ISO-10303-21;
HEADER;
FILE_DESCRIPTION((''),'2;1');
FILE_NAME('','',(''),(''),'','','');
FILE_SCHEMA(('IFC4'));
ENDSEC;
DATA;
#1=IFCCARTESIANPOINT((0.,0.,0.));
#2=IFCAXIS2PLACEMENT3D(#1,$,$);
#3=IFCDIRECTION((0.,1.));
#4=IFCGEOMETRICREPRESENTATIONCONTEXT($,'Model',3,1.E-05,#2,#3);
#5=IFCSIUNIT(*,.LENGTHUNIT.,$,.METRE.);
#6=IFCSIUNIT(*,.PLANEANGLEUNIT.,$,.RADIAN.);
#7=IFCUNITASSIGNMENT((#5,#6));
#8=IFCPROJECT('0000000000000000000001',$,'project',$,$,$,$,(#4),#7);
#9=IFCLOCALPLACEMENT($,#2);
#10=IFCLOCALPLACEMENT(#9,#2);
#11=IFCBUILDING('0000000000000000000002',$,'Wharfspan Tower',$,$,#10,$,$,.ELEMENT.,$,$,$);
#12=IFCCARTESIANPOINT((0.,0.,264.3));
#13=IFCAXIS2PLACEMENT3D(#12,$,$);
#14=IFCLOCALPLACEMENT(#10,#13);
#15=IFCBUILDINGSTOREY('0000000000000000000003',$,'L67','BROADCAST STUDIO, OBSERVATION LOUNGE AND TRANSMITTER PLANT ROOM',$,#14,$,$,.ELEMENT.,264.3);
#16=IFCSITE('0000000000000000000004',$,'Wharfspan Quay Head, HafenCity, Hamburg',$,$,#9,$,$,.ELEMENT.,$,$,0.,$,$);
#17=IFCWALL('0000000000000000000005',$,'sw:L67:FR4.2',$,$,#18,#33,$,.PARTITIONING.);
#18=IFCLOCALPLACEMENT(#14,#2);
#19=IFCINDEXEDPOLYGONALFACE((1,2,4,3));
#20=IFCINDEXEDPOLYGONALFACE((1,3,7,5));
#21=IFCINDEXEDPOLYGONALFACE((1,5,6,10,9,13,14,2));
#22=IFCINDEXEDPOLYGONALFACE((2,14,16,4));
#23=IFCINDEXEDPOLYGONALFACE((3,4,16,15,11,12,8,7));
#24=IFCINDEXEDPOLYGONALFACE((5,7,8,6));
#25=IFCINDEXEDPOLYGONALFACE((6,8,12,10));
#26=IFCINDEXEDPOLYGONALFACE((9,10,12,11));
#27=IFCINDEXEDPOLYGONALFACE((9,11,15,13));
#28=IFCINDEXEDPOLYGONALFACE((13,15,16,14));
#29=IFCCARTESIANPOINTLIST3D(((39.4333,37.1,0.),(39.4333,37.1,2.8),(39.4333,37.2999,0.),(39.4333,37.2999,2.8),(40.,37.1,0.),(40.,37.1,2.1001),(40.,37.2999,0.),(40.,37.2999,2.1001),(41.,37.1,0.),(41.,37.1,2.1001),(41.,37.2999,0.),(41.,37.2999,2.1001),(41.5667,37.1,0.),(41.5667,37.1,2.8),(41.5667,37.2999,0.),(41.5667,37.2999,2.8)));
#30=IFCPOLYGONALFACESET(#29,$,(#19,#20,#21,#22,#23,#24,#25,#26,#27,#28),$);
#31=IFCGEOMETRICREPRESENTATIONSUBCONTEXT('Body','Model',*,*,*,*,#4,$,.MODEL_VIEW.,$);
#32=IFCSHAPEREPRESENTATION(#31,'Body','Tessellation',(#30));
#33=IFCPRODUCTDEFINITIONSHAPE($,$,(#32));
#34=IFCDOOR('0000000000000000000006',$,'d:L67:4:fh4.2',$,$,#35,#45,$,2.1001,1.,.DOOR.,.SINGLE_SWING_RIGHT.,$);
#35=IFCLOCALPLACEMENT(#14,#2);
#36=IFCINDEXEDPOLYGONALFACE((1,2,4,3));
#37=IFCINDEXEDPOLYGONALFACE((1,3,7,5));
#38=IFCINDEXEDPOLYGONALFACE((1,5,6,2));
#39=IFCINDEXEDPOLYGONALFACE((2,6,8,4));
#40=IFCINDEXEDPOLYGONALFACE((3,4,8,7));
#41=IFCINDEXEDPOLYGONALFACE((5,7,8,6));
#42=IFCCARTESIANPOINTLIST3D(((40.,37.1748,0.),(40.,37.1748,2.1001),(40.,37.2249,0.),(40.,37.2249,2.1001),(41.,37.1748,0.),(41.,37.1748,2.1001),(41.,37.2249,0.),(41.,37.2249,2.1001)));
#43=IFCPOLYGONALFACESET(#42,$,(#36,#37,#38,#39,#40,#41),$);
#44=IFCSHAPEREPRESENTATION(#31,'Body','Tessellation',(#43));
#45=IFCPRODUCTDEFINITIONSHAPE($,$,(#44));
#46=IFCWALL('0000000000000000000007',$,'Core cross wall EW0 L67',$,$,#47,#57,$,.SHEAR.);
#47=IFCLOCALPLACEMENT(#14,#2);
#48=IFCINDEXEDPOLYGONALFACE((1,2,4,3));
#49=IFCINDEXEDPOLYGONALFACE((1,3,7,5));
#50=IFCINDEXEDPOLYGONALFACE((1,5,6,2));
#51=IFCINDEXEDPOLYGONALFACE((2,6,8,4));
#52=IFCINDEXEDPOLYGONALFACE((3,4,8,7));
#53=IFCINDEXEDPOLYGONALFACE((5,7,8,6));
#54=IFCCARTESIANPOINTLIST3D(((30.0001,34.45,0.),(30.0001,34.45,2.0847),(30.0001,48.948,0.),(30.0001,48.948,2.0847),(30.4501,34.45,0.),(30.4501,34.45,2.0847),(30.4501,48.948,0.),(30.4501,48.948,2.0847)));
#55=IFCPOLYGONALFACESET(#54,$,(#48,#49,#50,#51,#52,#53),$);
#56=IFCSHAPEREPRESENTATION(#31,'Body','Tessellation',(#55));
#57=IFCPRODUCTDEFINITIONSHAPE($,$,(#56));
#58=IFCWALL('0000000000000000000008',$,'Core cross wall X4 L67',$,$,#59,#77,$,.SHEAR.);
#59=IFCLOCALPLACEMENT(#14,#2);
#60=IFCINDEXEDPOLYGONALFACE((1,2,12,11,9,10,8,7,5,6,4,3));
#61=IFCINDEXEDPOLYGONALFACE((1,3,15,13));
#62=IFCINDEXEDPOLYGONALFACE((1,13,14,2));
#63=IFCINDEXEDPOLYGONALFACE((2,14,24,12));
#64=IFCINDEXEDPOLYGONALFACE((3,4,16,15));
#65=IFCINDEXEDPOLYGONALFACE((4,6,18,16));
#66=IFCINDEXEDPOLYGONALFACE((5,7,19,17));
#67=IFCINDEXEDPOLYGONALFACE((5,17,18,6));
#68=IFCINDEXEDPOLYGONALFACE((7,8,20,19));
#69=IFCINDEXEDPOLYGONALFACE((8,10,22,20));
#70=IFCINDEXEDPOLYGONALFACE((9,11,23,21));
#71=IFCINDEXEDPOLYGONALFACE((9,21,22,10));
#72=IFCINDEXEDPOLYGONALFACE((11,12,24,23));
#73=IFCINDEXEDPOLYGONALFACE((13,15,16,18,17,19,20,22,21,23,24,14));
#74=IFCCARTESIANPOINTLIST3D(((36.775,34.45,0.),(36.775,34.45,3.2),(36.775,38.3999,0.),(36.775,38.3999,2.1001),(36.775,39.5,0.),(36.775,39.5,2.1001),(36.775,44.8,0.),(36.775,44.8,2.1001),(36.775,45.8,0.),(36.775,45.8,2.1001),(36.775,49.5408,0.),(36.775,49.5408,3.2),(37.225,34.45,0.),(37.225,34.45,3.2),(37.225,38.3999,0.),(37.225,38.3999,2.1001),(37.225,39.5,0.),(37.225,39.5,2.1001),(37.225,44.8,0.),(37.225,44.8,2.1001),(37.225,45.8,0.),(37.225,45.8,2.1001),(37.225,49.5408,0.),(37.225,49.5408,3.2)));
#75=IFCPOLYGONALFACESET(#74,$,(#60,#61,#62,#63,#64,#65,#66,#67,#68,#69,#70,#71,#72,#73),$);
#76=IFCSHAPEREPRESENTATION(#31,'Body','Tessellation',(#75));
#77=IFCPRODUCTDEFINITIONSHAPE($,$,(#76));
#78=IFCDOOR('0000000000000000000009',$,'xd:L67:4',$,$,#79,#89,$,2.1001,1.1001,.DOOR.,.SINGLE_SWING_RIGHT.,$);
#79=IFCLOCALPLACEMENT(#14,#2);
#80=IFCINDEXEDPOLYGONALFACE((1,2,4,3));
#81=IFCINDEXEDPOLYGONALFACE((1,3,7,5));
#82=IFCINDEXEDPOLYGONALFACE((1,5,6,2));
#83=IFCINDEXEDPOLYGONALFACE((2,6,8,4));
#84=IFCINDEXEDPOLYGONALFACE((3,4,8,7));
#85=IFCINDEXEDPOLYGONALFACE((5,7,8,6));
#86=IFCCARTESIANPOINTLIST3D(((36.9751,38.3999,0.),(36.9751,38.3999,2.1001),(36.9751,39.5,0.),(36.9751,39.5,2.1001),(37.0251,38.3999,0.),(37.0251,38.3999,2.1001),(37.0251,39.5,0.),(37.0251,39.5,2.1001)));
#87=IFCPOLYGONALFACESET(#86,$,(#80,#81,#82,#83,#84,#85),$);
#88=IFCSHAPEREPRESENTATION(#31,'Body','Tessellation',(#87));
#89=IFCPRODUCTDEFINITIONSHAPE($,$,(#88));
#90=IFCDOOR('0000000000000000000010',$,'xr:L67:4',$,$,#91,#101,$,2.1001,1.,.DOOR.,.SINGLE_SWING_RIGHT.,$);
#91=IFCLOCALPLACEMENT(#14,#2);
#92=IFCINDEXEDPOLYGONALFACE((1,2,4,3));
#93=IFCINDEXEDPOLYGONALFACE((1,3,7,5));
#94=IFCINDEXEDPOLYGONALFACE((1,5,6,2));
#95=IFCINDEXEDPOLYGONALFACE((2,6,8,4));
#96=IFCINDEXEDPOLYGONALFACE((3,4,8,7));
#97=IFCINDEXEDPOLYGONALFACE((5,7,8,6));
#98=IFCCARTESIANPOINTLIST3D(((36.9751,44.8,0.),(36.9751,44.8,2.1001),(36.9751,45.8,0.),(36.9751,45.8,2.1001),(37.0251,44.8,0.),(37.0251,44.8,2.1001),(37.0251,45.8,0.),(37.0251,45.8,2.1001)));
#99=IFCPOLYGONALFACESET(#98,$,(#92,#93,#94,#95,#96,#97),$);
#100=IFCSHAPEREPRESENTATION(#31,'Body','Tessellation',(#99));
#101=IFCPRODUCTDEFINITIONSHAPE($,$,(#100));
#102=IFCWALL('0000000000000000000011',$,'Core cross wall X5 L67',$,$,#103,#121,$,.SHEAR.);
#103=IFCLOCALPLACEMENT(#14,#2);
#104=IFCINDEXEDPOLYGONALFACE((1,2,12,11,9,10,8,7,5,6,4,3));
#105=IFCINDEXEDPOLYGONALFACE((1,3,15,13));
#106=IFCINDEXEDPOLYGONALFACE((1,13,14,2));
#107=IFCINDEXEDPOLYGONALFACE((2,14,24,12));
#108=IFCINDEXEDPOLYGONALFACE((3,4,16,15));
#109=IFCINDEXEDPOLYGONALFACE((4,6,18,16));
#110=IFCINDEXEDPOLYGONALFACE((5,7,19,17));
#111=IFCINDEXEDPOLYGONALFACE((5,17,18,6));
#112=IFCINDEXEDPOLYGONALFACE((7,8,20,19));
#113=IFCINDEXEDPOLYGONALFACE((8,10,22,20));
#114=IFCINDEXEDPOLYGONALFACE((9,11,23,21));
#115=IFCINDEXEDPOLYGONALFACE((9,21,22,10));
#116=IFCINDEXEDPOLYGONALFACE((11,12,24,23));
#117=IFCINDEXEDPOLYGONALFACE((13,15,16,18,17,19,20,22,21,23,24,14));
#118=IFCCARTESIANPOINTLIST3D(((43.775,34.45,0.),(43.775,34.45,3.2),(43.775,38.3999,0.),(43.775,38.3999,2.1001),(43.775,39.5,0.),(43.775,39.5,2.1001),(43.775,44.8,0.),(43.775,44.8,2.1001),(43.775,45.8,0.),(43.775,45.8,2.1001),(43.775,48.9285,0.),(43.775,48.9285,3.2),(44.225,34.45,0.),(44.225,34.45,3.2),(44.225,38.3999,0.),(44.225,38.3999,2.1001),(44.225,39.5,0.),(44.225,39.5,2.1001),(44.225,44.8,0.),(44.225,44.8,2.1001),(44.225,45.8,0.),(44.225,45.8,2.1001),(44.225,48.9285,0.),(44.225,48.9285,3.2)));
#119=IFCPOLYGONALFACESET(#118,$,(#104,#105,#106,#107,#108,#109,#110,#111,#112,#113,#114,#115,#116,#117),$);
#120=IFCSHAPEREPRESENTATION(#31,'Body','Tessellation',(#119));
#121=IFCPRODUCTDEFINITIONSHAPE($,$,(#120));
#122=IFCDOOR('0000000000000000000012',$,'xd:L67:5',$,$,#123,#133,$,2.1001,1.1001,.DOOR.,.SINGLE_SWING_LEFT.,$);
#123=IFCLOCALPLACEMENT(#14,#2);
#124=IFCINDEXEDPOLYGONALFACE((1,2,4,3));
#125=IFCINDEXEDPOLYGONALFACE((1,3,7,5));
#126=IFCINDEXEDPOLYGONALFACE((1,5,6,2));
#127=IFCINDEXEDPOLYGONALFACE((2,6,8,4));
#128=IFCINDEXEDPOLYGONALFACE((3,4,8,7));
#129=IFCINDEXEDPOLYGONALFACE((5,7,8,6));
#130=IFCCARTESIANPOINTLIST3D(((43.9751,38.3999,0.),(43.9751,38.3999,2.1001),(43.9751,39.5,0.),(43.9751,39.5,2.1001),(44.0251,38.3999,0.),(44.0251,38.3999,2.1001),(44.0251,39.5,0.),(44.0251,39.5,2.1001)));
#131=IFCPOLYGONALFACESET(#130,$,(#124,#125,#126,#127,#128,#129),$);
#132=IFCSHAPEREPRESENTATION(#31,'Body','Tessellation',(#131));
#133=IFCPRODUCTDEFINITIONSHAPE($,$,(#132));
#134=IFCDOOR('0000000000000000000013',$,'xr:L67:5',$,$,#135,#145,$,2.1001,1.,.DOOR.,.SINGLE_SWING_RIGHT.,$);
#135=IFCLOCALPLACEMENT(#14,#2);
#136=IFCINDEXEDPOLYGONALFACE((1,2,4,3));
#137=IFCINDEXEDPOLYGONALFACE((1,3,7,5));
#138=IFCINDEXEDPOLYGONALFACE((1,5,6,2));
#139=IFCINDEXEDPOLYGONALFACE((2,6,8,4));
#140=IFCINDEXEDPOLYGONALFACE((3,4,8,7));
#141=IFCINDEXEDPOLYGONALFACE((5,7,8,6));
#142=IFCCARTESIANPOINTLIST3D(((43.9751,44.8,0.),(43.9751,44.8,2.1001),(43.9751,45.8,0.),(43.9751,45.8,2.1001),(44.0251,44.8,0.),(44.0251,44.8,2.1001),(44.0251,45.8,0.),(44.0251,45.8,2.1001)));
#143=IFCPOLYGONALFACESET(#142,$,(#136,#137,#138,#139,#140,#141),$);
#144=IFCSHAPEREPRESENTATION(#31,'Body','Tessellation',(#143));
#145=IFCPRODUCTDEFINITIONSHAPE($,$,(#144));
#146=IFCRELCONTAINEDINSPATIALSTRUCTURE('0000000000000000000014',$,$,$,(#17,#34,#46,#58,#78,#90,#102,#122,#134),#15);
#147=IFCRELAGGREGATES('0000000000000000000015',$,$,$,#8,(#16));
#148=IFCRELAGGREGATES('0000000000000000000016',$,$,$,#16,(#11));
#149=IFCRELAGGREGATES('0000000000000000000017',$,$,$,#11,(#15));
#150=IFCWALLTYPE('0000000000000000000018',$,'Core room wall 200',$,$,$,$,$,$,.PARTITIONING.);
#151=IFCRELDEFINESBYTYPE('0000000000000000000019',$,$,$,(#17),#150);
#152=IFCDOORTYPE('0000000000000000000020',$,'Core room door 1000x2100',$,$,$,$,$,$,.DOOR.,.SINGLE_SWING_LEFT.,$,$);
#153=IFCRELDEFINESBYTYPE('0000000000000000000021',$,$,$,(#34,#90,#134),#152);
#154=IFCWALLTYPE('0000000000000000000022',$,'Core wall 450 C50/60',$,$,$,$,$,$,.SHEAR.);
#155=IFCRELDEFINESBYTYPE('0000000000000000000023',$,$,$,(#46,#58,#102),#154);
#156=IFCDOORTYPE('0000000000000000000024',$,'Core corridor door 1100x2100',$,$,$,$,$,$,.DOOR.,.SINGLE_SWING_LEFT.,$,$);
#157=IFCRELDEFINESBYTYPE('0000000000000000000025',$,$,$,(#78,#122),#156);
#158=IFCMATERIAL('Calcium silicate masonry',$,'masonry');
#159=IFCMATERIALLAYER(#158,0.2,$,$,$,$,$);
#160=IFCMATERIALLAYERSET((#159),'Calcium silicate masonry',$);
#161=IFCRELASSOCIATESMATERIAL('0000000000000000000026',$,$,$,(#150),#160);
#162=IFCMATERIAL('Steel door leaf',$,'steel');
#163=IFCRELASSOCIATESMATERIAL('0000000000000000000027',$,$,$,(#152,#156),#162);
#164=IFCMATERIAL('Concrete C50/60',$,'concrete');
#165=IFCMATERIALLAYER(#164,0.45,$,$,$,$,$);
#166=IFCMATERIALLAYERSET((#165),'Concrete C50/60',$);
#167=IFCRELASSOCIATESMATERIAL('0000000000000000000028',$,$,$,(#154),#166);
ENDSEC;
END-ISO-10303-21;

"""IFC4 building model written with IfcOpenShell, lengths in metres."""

from ifc_helpers import new_model, si_unit, direction, frame, frame_2d, origin, place, context, subcontext, project, spatial, rectangle, extrude, material, layer, layer_set, type_object, element, fill, save


model = new_model("IFC4")

# Units and contexts
model_context = context("Model", 3, precision=1e-05, world=origin(), true_north=direction((0.0, 1.0)))
body_context = subcontext(model_context, "Body", "Model", "MODEL_VIEW")
ifc_project = project(units=[si_unit("LENGTHUNIT", "METRE"), si_unit("PLANEANGLEUNIT", "RADIAN")], contexts=[model_context])

# Site, building, storey
site_placement = place(None, origin())
site = spatial("IfcSite", under=ifc_project, at=site_placement, Name="Wharfspan Quay Head, HafenCity, Hamburg", CompositionType="ELEMENT", RefElevation=0.0)
building_placement = place(site_placement, origin())
building = spatial("IfcBuilding", under=site, at=building_placement, Name="Wharfspan Tower", CompositionType="ELEMENT")
storey_placement = place(building_placement, frame((0.0, 0.0, 264.3)))
storey = spatial("IfcBuildingStorey", under=building, at=storey_placement, Name="L67", Description="BROADCAST STUDIO, OBSERVATION LOUNGE AND TRANSMITTER PLANT ROOM", CompositionType="ELEMENT", Elevation=264.3)

# Wall, opening, door
ifc_material_1 = material(Name="Calcium silicate masonry", Category="masonry")
ifc_layer_1 = layer(ifc_material_1, 0.2)
ifc_layer_set_1 = layer_set([ifc_layer_1], Name="Calcium silicate masonry")
wall_type_1 = type_object("IfcWallType", Name="Core room wall 200", PredefinedType="PARTITIONING", material=ifc_layer_set_1)
wall_1_placement = place(storey_placement, frame((39.4333, 37.2, 0.0), z_axis=(0.0, 0.0, 1.0), x_axis=(1.0, 0.0, 0.0)))
wall_1 = element("IfcWall", 1, at=wall_1_placement, inside=storey, type_object=wall_type_1, Name="sw:L67:FR4.2", PredefinedType="PARTITIONING", context=body_context, shape_type="SweptSolid", body=[
    extrude(rectangle(XDim=2.1333, YDim=0.2, at=frame_2d((1.0667, 0.0))), origin(), (0.0, 0.0, 1.0), 2.8),
])
opening_1_placement = place(wall_1_placement, frame((0.5666, 0.0, 0.0)))
opening_1 = element("IfcOpeningElement", 2, at=opening_1_placement, cuts=wall_1, PredefinedType="OPENING", context=body_context, shape_type="SweptSolid", body=[
    extrude(rectangle(XDim=1.0, YDim=2.1001, at=frame_2d((0.5, 1.05))), frame((0.0, 0.1099, 0.0), z_axis=(0.0, -1.0, 0.0), x_axis=(1.0, 0.0, 0.0)), (0.0, 0.0, 1.0), 0.22),
])
ifc_material_2 = material(Name="Steel door leaf", Category="steel")
door_type_1 = type_object("IfcDoorType", Name="Core room door 1000x2100", OperationType="SINGLE_SWING_LEFT", PredefinedType="DOOR", material=ifc_material_2)
door_1_placement = place(opening_1_placement, origin())
door_1 = element("IfcDoor", 3, at=door_1_placement, inside=storey, type_object=door_type_1, Name="d:L67:4:fh4.2", OperationType="SINGLE_SWING_RIGHT", OverallHeight=2.1001, OverallWidth=1.0, PredefinedType="DOOR", context=body_context, shape_type="SweptSolid", body=[
    extrude(rectangle(XDim=1.0, YDim=2.1001, at=frame_2d((0.5, 1.05))), frame((0.0, 0.0249, 0.0), z_axis=(0.0, -1.0, 0.0), x_axis=(1.0, 0.0, 0.0)), (0.0, 0.0, 1.0), 0.05),
])
fill(opening_1, door_1)

# Wall
ifc_material_3 = material(Name="Concrete C50/60", Category="concrete")
ifc_layer_2 = layer(ifc_material_3, 0.45)
ifc_layer_set_2 = layer_set([ifc_layer_2], Name="Concrete C50/60")
wall_type_2 = type_object("IfcWallType", Name="Core wall 450 C50/60", PredefinedType="SHEAR", material=ifc_layer_set_2)
wall_2_placement = place(storey_placement, frame((30.2251, 34.45, 0.0), z_axis=(0.0, 0.0, 1.0), x_axis=(0.0, 1.0, 0.0)))
element("IfcWall", 4, at=wall_2_placement, inside=storey, type_object=wall_type_2, Name="Core cross wall EW0 L67", PredefinedType="SHEAR", context=body_context, shape_type="SweptSolid", body=[
    extrude(rectangle(XDim=14.498, YDim=0.45, at=frame_2d((7.249, 0.0))), origin(), (0.0, 0.0, 1.0), 2.0847),
])

# Walls, openings, doors
wall_3_placement = place(storey_placement, frame((37.0, 34.45, 0.0), z_axis=(0.0, 0.0, 1.0), x_axis=(0.0, 1.0, 0.0)))
wall_3 = element("IfcWall", 5, at=wall_3_placement, inside=storey, type_object=wall_type_2, Name="Core cross wall X4 L67", PredefinedType="SHEAR", context=body_context, shape_type="SweptSolid", body=[
    extrude(rectangle(XDim=15.0908, YDim=0.45, at=frame_2d((7.5454, 0.0))), origin(), (0.0, 0.0, 1.0), 3.2),
])
opening_2_placement = place(wall_3_placement, frame((3.95, 0.0, 0.0)))
opening_2 = element("IfcOpeningElement", 6, at=opening_2_placement, cuts=wall_3, PredefinedType="OPENING", context=body_context, shape_type="SweptSolid", body=[
    extrude(rectangle(XDim=1.1001, YDim=2.1001, at=frame_2d((0.55, 1.05))), frame((0.0, 0.2349, 0.0), z_axis=(0.0, -1.0, 0.0), x_axis=(1.0, 0.0, 0.0)), (0.0, 0.0, 1.0), 0.47),
])
opening_3_placement = place(wall_3_placement, frame((10.3501, 0.0, 0.0)))
opening_3 = element("IfcOpeningElement", 7, at=opening_3_placement, cuts=wall_3, PredefinedType="OPENING", context=body_context, shape_type="SweptSolid", body=[
    extrude(rectangle(XDim=1.0, YDim=2.1001, at=frame_2d((0.5, 1.05))), frame((0.0, 0.2349, 0.0), z_axis=(0.0, -1.0, 0.0), x_axis=(1.0, 0.0, 0.0)), (0.0, 0.0, 1.0), 0.47),
])
door_type_2 = type_object("IfcDoorType", Name="Core corridor door 1100x2100", OperationType="SINGLE_SWING_LEFT", PredefinedType="DOOR", material=ifc_material_2)
door_2_placement = place(opening_2_placement, origin())
door_2 = element("IfcDoor", 8, at=door_2_placement, inside=storey, type_object=door_type_2, Name="xd:L67:4", OperationType="SINGLE_SWING_RIGHT", OverallHeight=2.1001, OverallWidth=1.1001, PredefinedType="DOOR", context=body_context, shape_type="SweptSolid", body=[
    extrude(rectangle(XDim=1.1001, YDim=2.1001, at=frame_2d((0.55, 1.05))), frame((0.0, 0.0249, 0.0), z_axis=(0.0, -1.0, 0.0), x_axis=(1.0, 0.0, 0.0)), (0.0, 0.0, 1.0), 0.05),
])
fill(opening_2, door_2)
door_3_placement = place(opening_3_placement, origin())
door_3 = element("IfcDoor", 9, at=door_3_placement, inside=storey, type_object=door_type_1, Name="xr:L67:4", OperationType="SINGLE_SWING_RIGHT", OverallHeight=2.1001, OverallWidth=1.0, PredefinedType="DOOR", context=body_context, shape_type="SweptSolid", body=[
    extrude(rectangle(XDim=1.0, YDim=2.1001, at=frame_2d((0.5, 1.05))), frame((0.0, 0.0249, 0.0), z_axis=(0.0, -1.0, 0.0), x_axis=(1.0, 0.0, 0.0)), (0.0, 0.0, 1.0), 0.05),
])
fill(opening_3, door_3)
wall_4_placement = place(storey_placement, frame((44.0, 34.45, 0.0), z_axis=(0.0, 0.0, 1.0), x_axis=(0.0, 1.0, 0.0)))
wall_4 = element("IfcWall", 10, at=wall_4_placement, inside=storey, type_object=wall_type_2, Name="Core cross wall X5 L67", PredefinedType="SHEAR", context=body_context, shape_type="SweptSolid", body=[
    extrude(rectangle(XDim=14.4785, YDim=0.45, at=frame_2d((7.2393, 0.0))), origin(), (0.0, 0.0, 1.0), 3.2),
])
opening_4_placement = place(wall_4_placement, frame((3.95, 0.0, 0.0)))
opening_4 = element("IfcOpeningElement", 11, at=opening_4_placement, cuts=wall_4, PredefinedType="OPENING", context=body_context, shape_type="SweptSolid", body=[
    extrude(rectangle(XDim=1.1001, YDim=2.1001, at=frame_2d((0.55, 1.05))), frame((0.0, 0.2349, 0.0), z_axis=(0.0, -1.0, 0.0), x_axis=(1.0, 0.0, 0.0)), (0.0, 0.0, 1.0), 0.47),
])
opening_5_placement = place(wall_4_placement, frame((10.3501, 0.0, 0.0)))
opening_5 = element("IfcOpeningElement", 12, at=opening_5_placement, cuts=wall_4, PredefinedType="OPENING", context=body_context, shape_type="SweptSolid", body=[
    extrude(rectangle(XDim=1.0, YDim=2.1001, at=frame_2d((0.5, 1.05))), frame((0.0, 0.2349, 0.0), z_axis=(0.0, -1.0, 0.0), x_axis=(1.0, 0.0, 0.0)), (0.0, 0.0, 1.0), 0.47),
])
door_4_placement = place(opening_4_placement, origin())
door_4 = element("IfcDoor", 13, at=door_4_placement, inside=storey, type_object=door_type_2, Name="xd:L67:5", OperationType="SINGLE_SWING_LEFT", OverallHeight=2.1001, OverallWidth=1.1001, PredefinedType="DOOR", context=body_context, shape_type="SweptSolid", body=[
    extrude(rectangle(XDim=1.1001, YDim=2.1001, at=frame_2d((0.55, 1.05))), frame((0.0, 0.0249, 0.0), z_axis=(0.0, -1.0, 0.0), x_axis=(1.0, 0.0, 0.0)), (0.0, 0.0, 1.0), 0.05),
])
fill(opening_4, door_4)
door_5_placement = place(opening_5_placement, origin())
door_5 = element("IfcDoor", 14, at=door_5_placement, inside=storey, type_object=door_type_1, Name="xr:L67:5", OperationType="SINGLE_SWING_RIGHT", OverallHeight=2.1001, OverallWidth=1.0, PredefinedType="DOOR", context=body_context, shape_type="SweptSolid", body=[
    extrude(rectangle(XDim=1.0, YDim=2.1001, at=frame_2d((0.5, 1.05))), frame((0.0, 0.0249, 0.0), z_axis=(0.0, -1.0, 0.0), x_axis=(1.0, 0.0, 0.0)), (0.0, 0.0, 1.0), 0.05),
])
fill(opening_5, door_5)

save(model, "model.ifc")
